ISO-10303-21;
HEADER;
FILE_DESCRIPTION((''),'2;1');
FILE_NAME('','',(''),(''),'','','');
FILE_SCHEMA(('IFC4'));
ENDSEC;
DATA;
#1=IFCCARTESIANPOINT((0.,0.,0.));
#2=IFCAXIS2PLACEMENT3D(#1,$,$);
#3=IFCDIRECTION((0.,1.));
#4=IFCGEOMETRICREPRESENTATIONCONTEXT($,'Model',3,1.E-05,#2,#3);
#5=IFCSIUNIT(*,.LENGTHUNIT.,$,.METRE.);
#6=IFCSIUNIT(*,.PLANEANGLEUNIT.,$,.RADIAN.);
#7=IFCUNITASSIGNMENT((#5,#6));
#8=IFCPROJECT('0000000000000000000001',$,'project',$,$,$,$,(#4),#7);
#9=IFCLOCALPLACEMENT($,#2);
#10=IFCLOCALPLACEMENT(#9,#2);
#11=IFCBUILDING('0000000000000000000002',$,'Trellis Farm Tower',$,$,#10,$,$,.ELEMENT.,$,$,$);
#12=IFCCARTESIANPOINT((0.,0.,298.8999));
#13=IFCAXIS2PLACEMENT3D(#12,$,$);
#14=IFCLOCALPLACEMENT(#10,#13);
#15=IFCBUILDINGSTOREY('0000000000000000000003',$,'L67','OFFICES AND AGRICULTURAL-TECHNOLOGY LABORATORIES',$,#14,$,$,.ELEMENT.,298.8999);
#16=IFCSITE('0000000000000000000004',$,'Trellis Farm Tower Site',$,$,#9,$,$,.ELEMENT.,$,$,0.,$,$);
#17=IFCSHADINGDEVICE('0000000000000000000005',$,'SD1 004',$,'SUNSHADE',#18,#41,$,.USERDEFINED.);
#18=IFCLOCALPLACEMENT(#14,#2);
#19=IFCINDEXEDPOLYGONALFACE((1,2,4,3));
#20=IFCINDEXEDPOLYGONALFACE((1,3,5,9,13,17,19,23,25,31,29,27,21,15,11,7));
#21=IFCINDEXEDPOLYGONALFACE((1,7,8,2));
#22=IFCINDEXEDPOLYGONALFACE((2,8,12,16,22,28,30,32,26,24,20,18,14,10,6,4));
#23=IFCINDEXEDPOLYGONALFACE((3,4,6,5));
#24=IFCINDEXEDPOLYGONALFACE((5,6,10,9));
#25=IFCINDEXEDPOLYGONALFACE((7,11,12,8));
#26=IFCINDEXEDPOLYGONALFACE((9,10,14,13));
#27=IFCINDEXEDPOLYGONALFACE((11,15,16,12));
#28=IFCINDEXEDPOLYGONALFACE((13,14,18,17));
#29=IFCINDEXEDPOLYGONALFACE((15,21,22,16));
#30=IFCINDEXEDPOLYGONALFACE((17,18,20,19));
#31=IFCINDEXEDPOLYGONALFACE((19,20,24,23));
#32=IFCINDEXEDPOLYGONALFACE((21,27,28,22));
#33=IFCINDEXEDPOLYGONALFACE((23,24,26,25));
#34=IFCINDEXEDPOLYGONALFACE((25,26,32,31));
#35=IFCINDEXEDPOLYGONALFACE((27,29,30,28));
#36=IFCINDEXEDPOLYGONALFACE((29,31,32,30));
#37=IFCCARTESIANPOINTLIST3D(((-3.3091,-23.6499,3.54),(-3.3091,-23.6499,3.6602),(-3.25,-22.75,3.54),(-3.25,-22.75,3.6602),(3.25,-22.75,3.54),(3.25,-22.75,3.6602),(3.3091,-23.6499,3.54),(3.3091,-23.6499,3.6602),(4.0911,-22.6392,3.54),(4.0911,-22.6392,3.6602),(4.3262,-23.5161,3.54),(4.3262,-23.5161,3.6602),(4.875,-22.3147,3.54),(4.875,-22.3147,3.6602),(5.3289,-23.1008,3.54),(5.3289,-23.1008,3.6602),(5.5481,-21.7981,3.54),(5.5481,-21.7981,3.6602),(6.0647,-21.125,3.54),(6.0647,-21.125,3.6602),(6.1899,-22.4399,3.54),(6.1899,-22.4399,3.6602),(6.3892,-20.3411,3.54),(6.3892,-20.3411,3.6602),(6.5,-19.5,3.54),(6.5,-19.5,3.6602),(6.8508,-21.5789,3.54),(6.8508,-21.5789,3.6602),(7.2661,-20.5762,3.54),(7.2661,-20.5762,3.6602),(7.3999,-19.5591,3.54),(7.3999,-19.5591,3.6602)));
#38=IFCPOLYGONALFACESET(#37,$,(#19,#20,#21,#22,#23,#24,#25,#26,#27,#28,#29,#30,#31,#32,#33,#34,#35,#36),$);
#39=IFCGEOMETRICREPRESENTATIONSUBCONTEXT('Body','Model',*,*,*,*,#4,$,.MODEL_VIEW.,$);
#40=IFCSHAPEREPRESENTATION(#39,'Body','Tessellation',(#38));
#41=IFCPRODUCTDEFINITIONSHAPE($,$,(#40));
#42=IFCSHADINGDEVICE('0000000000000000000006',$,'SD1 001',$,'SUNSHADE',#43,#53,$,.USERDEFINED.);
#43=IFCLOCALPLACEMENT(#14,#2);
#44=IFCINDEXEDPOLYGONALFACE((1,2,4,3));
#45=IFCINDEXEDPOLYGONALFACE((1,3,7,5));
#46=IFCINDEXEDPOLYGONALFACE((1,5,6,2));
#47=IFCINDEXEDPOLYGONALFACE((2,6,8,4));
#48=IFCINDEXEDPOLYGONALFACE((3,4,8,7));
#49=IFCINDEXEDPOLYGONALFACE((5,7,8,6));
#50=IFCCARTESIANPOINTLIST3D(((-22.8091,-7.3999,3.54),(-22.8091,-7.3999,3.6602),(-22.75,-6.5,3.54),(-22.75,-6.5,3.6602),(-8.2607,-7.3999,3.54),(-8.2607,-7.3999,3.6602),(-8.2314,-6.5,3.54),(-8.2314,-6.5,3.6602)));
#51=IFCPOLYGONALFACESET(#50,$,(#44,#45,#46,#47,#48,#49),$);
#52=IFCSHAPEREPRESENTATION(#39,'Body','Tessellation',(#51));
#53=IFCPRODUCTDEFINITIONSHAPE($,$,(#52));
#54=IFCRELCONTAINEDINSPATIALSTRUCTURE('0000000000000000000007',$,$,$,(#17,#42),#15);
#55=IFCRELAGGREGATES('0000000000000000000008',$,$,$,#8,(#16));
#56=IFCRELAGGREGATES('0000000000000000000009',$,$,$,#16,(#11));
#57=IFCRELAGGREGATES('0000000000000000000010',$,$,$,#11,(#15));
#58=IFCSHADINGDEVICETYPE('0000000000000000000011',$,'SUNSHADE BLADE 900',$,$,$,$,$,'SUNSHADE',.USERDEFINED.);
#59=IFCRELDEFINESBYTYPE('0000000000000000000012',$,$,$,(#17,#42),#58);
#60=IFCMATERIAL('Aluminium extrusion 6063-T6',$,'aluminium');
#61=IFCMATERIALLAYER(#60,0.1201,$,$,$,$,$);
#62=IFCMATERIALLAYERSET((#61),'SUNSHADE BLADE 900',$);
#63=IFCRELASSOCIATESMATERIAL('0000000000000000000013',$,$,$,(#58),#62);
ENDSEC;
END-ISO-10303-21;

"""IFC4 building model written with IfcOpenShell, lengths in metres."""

from ifc_helpers import new_model, si_unit, direction, frame, origin, place, context, subcontext, project, spatial, polyline, outline, extrude, source, transform, mapped, material, layer, layer_set, type_object, element, save


model = new_model("IFC4")

# Units and contexts
model_context = context("Model", 3, precision=1e-05, world=origin(), true_north=direction((0.0, 1.0)))
body_context = subcontext(model_context, "Body", "Model", "MODEL_VIEW")
ifc_project = project(units=[si_unit("LENGTHUNIT", "METRE"), si_unit("PLANEANGLEUNIT", "RADIAN")], contexts=[model_context])

# Site, building, storey
site_placement = place(None, origin())
site = spatial("IfcSite", under=ifc_project, at=site_placement, Name="Trellis Farm Tower Site", CompositionType="ELEMENT", RefElevation=0.0)
building_placement = place(site_placement, origin())
building = spatial("IfcBuilding", under=site, at=building_placement, Name="Trellis Farm Tower", CompositionType="ELEMENT")
storey_placement = place(building_placement, frame((0.0, 0.0, 298.8999)))
storey = spatial("IfcBuildingStorey", under=building, at=storey_placement, Name="L67", Description="OFFICES AND AGRICULTURAL-TECHNOLOGY LABORATORIES", CompositionType="ELEMENT", Elevation=298.8999)

# Shared definitions
ifc_material_1 = material(Name="Aluminium extrusion 6063-T6", Category="aluminium")

# Shading devices
ifc_layer_1 = layer(ifc_material_1, 0.1201)
ifc_layer_set_1 = layer_set([ifc_layer_1], Name="SUNSHADE BLADE 900")
shading_device_type_1 = type_object("IfcShadingDeviceType", Name="SUNSHADE BLADE 900", ElementType="SUNSHADE", PredefinedType="USERDEFINED", material=ifc_layer_set_1)
placement_1 = place(storey_placement, frame((0.0, 0.0, 3.54)))
shared_shape_1 = source(origin(), body_context, "Body", "SweptSolid", [
    extrude(outline(polyline([(-3.3091, -23.6499), (3.3091, -23.6499), (4.3262, -23.5161), (5.3289, -23.1008), (6.1899, -22.4399), (6.8508, -21.5789), (7.2661, -20.5762), (7.3999, -19.5591), (6.5, -19.5), (6.3892, -20.3411), (6.0647, -21.125), (5.5481, -21.7981), (4.875, -22.3147), (4.0911, -22.6392), (3.25, -22.75), (-3.25, -22.75), (-3.3091, -23.6499)])), origin(), (0.0, 0.0, 1.0), 0.1201),
])
element("IfcShadingDevice", 1, at=placement_1, inside=storey, type_object=shading_device_type_1, Name="SD1 004", ObjectType="SUNSHADE", PredefinedType="USERDEFINED", context=body_context, shape_type="MappedRepresentation", body=[
    mapped(shared_shape_1, transform((0.0, 0.0, 0.0))),
])
shared_shape_2 = source(origin(), body_context, "Body", "SweptSolid", [
    extrude(outline(polyline([(-22.8091, -7.3999), (-8.2607, -7.3999), (-8.2314, -6.5), (-22.75, -6.5), (-22.8091, -7.3999)])), origin(), (0.0, 0.0, 1.0), 0.1201),
])
element("IfcShadingDevice", 2, at=placement_1, inside=storey, type_object=shading_device_type_1, Name="SD1 001", ObjectType="SUNSHADE", PredefinedType="USERDEFINED", context=body_context, shape_type="MappedRepresentation", body=[
    mapped(shared_shape_2, transform((0.0, 0.0, 0.0))),
])

save(model, "model.ifc")
